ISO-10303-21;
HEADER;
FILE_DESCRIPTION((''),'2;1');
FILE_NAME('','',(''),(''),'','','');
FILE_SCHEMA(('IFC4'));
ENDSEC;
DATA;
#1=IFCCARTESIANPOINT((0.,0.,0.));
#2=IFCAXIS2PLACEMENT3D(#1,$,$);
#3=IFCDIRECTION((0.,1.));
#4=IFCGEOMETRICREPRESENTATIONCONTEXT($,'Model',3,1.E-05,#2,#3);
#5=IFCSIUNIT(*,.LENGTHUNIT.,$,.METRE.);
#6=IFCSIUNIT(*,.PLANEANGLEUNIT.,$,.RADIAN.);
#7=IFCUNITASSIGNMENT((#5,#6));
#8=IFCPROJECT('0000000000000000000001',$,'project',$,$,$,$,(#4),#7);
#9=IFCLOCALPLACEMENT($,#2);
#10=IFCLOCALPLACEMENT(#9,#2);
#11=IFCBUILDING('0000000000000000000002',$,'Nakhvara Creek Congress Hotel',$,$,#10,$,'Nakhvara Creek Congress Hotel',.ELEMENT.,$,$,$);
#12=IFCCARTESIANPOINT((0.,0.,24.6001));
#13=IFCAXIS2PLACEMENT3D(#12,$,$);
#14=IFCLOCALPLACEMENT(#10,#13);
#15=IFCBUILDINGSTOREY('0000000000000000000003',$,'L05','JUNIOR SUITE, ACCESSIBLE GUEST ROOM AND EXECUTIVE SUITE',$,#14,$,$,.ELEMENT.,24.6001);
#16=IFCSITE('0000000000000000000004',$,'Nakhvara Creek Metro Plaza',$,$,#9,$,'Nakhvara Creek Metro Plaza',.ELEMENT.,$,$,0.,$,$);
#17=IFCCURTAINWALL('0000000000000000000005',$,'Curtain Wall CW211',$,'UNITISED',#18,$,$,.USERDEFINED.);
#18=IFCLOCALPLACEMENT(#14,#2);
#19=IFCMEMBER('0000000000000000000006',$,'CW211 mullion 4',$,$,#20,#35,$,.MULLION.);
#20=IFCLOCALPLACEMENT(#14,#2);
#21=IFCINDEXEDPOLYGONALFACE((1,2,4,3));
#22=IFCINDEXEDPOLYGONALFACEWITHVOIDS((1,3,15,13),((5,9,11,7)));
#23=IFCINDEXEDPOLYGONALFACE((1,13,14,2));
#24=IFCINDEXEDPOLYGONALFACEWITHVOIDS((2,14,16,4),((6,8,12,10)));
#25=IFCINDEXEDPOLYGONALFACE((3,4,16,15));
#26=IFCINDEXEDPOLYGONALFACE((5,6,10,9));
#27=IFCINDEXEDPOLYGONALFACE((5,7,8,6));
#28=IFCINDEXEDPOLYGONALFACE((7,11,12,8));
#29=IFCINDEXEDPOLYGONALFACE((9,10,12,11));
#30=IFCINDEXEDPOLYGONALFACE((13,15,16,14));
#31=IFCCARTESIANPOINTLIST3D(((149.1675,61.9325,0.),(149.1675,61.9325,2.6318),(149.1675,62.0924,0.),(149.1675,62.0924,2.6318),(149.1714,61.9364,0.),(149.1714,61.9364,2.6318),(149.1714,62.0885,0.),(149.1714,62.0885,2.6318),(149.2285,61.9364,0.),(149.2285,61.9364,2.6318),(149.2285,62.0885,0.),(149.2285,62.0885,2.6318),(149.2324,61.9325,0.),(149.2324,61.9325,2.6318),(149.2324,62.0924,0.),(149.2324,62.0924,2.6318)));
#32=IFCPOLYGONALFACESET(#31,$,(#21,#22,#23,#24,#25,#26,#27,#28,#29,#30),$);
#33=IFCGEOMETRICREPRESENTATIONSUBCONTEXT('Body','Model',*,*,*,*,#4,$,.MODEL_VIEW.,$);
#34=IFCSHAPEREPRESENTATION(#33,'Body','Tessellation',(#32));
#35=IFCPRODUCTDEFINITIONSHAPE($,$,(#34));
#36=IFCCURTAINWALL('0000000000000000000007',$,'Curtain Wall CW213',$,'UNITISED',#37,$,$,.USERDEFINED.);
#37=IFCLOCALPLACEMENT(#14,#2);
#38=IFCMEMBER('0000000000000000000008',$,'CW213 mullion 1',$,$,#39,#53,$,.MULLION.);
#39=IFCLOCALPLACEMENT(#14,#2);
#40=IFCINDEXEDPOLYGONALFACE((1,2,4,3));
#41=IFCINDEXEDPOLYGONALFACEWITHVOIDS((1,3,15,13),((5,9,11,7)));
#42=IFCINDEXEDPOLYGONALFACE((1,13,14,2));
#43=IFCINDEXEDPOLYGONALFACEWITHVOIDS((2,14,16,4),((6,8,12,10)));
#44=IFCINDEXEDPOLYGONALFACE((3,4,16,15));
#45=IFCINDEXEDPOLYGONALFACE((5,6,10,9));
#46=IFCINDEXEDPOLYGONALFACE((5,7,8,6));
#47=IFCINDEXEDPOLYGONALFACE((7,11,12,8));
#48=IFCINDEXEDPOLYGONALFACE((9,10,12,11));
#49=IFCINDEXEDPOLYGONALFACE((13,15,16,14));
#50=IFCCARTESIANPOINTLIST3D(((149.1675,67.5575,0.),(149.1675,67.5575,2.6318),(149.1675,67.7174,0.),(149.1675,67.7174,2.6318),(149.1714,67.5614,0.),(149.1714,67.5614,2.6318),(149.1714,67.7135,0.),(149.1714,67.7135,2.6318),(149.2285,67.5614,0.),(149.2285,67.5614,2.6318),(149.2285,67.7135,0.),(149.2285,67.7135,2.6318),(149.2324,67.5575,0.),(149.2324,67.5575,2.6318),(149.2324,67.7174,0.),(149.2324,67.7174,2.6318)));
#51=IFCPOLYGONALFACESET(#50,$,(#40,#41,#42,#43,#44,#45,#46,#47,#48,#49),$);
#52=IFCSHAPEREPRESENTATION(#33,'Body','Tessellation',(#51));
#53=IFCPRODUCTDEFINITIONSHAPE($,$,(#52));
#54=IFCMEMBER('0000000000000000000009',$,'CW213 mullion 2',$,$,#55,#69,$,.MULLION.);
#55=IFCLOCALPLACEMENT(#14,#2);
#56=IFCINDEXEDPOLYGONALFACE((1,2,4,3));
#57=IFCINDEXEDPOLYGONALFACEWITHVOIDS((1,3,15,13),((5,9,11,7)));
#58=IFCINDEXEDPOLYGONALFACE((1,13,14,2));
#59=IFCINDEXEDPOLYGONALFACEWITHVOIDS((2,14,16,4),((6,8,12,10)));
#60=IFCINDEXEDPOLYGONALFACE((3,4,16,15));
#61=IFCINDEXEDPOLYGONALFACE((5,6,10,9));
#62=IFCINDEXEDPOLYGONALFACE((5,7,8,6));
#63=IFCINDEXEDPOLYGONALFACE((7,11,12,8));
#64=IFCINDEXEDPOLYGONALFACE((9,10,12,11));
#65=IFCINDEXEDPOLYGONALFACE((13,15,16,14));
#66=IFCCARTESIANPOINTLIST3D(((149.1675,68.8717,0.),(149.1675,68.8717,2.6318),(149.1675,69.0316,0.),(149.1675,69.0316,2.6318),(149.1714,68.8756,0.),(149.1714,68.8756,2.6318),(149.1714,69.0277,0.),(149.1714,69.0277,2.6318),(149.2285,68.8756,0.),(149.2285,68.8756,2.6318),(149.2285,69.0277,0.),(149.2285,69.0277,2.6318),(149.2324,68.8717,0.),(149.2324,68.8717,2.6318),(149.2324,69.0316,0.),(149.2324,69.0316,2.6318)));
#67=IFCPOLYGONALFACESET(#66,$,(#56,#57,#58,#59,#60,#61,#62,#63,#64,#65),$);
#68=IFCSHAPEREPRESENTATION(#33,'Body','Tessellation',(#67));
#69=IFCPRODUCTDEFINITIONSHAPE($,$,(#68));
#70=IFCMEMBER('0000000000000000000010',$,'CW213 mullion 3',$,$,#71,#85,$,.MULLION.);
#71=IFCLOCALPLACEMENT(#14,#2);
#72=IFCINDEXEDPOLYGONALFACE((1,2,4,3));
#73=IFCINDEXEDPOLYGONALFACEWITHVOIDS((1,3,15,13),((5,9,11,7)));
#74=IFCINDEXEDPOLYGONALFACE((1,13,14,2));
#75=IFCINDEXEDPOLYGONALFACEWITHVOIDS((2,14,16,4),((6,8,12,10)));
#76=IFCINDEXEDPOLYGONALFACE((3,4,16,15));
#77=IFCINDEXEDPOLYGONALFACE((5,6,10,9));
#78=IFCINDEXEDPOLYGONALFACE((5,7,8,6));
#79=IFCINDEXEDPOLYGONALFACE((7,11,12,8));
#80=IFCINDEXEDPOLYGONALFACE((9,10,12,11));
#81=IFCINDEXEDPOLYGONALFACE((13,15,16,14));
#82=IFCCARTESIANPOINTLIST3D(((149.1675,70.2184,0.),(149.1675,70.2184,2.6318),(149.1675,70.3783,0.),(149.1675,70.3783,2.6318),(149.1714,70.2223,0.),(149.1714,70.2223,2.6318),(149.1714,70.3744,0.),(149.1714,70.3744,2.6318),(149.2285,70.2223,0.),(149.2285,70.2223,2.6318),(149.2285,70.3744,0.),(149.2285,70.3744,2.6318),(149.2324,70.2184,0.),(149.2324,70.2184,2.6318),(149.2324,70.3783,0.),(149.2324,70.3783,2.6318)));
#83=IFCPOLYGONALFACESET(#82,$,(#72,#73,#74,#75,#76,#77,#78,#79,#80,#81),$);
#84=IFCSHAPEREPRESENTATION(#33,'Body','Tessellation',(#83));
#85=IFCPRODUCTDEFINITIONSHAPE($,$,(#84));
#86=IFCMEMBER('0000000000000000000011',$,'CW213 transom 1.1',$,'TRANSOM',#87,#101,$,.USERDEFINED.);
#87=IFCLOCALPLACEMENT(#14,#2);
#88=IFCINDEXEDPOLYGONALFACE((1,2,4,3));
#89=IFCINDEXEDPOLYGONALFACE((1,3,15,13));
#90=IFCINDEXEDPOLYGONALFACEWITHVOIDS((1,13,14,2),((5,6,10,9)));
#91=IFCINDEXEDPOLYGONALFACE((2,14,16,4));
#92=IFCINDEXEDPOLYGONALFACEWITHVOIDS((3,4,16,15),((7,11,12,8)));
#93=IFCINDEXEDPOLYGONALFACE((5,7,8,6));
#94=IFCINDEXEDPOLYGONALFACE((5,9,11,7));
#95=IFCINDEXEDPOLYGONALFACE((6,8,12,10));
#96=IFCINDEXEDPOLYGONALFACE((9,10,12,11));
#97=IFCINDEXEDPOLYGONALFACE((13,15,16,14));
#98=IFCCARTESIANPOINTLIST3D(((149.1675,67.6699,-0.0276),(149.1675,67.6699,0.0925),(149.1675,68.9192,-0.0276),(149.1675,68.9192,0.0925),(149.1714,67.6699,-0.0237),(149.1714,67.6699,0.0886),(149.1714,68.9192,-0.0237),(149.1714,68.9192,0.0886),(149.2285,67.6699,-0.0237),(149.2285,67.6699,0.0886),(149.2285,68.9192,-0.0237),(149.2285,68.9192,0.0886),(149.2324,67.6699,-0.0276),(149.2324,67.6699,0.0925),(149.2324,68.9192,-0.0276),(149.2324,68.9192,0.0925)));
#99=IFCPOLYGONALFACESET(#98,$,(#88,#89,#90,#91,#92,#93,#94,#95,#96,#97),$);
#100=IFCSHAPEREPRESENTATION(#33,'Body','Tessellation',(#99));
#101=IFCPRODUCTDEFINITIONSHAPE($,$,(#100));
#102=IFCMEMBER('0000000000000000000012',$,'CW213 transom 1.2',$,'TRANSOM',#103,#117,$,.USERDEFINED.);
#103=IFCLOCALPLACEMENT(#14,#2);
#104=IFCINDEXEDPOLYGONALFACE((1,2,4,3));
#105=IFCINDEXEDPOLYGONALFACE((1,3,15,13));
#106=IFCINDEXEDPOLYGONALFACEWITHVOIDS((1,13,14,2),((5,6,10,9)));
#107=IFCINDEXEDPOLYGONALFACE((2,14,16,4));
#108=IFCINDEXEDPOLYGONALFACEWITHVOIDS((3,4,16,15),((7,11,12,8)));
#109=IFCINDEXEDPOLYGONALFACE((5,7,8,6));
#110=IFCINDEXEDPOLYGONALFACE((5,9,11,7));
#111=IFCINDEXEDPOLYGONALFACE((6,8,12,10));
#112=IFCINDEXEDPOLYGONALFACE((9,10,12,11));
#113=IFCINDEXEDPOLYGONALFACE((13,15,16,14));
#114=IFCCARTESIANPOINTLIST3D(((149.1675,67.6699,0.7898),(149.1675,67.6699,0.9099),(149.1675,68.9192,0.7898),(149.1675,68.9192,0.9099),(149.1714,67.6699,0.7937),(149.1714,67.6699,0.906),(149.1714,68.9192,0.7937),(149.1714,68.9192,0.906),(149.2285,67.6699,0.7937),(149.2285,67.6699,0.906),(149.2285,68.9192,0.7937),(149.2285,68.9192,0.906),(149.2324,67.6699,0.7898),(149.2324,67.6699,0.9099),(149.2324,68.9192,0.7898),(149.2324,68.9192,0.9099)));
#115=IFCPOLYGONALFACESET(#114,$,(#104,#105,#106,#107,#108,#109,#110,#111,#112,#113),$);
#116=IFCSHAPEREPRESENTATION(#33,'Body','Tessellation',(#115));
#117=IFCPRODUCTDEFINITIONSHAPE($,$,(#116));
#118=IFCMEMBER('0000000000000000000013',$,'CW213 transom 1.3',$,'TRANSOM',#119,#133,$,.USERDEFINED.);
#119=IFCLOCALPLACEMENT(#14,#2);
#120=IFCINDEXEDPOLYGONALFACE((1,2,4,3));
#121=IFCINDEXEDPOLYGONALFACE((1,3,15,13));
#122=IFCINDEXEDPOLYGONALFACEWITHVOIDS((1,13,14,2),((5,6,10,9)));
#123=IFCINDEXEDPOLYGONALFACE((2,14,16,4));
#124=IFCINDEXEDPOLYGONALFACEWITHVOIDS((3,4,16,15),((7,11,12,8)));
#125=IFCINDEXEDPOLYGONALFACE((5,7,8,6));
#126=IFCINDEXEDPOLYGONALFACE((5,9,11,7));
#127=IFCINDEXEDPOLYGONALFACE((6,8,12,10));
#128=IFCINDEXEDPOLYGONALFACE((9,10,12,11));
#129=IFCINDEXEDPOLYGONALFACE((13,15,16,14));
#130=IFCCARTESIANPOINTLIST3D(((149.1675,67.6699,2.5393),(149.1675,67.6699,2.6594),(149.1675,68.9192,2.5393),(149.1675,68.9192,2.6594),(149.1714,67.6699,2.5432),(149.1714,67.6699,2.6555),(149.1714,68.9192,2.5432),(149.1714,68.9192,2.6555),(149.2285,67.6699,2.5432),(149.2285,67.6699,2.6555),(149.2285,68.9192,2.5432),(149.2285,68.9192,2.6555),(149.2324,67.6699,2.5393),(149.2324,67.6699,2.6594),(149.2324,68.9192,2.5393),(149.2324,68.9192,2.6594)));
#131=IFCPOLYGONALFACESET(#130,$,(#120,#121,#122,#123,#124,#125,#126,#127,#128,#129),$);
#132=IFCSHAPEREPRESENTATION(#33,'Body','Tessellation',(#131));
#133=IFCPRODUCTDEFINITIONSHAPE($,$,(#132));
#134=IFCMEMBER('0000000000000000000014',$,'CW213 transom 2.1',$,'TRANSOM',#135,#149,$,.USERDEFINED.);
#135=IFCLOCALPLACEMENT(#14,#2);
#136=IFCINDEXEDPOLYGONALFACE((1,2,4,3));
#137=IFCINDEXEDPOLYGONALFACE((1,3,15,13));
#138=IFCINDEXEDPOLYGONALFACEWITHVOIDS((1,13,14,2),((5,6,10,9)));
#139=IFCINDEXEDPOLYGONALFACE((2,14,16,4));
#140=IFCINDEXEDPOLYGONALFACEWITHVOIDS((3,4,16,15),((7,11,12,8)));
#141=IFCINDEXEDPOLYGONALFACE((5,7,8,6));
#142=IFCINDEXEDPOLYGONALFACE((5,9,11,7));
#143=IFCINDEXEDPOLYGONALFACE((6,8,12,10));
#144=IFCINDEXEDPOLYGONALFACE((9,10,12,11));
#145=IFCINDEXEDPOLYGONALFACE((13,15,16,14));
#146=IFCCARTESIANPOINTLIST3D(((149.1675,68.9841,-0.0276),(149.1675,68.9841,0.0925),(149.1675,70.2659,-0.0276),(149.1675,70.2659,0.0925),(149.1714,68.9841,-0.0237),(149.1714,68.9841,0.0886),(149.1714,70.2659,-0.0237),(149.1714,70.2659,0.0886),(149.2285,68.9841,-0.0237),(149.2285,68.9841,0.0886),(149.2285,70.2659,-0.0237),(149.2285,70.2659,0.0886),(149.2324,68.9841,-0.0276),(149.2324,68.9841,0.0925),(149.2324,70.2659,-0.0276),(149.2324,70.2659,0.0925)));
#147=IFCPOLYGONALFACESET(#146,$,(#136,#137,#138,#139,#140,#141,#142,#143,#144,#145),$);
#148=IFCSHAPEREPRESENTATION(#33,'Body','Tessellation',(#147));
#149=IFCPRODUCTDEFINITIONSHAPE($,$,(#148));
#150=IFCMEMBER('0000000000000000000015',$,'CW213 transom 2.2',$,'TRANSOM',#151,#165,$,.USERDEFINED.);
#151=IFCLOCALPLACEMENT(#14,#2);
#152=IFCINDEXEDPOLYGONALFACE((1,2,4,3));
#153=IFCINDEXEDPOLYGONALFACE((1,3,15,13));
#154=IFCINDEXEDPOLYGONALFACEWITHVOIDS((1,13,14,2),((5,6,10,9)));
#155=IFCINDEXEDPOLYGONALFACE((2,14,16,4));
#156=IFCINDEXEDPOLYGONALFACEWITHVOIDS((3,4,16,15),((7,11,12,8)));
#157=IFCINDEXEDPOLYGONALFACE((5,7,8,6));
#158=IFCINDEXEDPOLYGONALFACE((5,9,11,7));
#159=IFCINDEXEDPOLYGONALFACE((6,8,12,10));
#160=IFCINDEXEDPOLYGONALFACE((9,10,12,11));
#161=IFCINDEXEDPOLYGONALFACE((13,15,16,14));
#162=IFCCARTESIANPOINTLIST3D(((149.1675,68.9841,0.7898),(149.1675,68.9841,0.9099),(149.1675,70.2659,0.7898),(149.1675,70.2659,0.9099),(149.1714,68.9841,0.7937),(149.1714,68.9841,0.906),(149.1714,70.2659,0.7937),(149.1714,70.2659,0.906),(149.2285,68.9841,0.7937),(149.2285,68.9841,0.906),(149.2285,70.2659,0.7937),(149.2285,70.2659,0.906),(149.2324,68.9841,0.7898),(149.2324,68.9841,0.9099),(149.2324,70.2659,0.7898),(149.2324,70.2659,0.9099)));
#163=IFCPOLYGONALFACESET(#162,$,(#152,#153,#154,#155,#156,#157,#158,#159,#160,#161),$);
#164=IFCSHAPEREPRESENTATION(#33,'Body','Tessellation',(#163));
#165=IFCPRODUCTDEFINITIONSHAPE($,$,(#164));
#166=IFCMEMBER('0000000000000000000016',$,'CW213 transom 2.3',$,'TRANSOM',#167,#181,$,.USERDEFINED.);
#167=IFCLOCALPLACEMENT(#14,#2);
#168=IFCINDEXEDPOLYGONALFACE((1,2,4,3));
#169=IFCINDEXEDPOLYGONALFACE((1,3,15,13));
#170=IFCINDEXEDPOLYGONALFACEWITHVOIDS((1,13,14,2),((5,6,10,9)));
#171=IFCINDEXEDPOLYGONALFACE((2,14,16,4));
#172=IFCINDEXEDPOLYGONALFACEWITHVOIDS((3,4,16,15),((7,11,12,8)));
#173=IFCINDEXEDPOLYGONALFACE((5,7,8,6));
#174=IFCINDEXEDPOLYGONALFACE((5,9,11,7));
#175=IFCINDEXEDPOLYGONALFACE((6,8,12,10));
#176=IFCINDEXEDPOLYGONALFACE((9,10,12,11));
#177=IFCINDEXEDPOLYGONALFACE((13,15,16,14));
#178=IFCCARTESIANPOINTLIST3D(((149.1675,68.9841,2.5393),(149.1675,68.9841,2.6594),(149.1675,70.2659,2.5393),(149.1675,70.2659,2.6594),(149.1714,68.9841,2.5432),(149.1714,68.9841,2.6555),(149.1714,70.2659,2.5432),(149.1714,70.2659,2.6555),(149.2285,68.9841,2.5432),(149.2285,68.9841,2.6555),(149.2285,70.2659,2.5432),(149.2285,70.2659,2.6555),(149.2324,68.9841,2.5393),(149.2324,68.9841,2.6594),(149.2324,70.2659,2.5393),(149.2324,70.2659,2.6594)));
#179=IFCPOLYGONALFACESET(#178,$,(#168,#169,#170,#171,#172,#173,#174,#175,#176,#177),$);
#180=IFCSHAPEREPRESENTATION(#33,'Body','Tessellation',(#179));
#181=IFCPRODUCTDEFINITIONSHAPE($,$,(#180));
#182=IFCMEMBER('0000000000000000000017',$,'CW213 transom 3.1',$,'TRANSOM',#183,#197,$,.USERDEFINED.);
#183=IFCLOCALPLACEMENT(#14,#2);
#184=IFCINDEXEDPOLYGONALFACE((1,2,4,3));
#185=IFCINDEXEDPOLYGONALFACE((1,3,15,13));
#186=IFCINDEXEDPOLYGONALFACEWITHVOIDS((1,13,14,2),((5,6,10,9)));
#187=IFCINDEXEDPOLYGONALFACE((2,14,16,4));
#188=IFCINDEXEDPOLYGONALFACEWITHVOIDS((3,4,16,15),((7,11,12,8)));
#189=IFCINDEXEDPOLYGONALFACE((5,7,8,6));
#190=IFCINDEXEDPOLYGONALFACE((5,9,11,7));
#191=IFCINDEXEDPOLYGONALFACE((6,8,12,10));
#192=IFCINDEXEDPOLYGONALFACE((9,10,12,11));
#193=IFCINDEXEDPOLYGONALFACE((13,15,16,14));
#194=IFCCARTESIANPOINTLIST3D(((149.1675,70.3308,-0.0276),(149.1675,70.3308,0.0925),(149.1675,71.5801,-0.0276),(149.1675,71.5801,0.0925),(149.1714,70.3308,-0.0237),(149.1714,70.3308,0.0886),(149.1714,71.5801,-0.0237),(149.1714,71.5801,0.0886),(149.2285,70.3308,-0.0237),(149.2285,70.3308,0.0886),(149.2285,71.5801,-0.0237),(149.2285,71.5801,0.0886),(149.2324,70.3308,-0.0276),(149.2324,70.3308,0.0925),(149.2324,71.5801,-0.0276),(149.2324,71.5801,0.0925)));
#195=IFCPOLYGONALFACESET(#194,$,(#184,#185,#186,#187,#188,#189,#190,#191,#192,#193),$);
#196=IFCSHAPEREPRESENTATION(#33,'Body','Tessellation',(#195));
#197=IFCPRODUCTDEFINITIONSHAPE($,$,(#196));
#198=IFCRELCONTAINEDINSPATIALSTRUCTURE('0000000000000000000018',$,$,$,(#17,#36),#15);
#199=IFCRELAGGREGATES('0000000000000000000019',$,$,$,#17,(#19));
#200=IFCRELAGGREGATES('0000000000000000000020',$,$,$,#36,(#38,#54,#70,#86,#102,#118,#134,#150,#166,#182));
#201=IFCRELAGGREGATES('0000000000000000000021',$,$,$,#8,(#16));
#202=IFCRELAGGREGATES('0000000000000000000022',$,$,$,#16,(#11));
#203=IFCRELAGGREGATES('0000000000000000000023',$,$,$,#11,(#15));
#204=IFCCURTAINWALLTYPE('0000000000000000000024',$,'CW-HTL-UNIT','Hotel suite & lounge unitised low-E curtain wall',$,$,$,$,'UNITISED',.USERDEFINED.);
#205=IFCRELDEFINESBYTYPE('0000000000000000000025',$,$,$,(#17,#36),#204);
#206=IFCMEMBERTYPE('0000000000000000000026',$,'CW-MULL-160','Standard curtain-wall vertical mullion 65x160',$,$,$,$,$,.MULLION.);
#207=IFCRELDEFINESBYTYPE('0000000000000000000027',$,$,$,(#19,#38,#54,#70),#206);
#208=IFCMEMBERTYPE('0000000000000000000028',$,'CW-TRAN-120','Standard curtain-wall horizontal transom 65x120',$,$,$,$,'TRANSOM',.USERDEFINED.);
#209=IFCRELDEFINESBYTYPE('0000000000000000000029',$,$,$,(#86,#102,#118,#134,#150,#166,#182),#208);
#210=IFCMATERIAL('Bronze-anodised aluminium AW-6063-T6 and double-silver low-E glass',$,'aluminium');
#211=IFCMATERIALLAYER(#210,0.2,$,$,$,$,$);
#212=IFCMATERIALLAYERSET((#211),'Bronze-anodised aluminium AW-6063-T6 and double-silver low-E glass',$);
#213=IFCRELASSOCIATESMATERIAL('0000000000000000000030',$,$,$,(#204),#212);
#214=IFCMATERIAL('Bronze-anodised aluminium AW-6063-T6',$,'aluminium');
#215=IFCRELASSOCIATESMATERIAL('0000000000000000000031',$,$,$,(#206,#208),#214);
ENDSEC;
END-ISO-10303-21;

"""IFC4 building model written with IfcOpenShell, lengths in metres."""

from ifc_helpers import new_model, si_unit, direction, frame, origin, origin_2d, place, context, subcontext, project, spatial, hollow_rectangle, extrude, material, layer, layer_set, material_profile, profile_set, type_object, element, aggregate, save


model = new_model("IFC4")

# Units and contexts
model_context = context("Model", 3, precision=1e-05, world=origin(), true_north=direction((0.0, 1.0)))
body_context = subcontext(model_context, "Body", "Model", "MODEL_VIEW")
ifc_project = project(units=[si_unit("LENGTHUNIT", "METRE"), si_unit("PLANEANGLEUNIT", "RADIAN")], contexts=[model_context])

# Site, building, storey
site_placement = place(None, origin())
site = spatial("IfcSite", under=ifc_project, at=site_placement, Name="Nakhvara Creek Metro Plaza", LongName="Nakhvara Creek Metro Plaza", CompositionType="ELEMENT", RefElevation=0.0)
building_placement = place(site_placement, origin())
building = spatial("IfcBuilding", under=site, at=building_placement, Name="Nakhvara Creek Congress Hotel", LongName="Nakhvara Creek Congress Hotel", CompositionType="ELEMENT")
storey_placement = place(building_placement, frame((0.0, 0.0, 24.6001)))
storey = spatial("IfcBuildingStorey", under=building, at=storey_placement, Name="L05", Description="JUNIOR SUITE, ACCESSIBLE GUEST ROOM AND EXECUTIVE SUITE", CompositionType="ELEMENT", Elevation=24.6001)

# Curtain wall, member
ifc_material_1 = material(Name="Bronze-anodised aluminium AW-6063-T6 and double-silver low-E glass", Category="aluminium")
ifc_layer = layer(ifc_material_1, 0.2)
ifc_layer_set = layer_set([ifc_layer], Name="Bronze-anodised aluminium AW-6063-T6 and double-silver low-E glass")
curtain_wall_type = type_object("IfcCurtainWallType", Name="CW-HTL-UNIT", Description="Hotel suite & lounge unitised low-E curtain wall", ElementType="UNITISED", PredefinedType="USERDEFINED", material=ifc_layer_set)
curtain_wall_1_placement = place(storey_placement, origin())
curtain_wall_1 = element("IfcCurtainWall", 1, at=curtain_wall_1_placement, inside=storey, type_object=curtain_wall_type, Name="Curtain Wall CW211", ObjectType="UNITISED", PredefinedType="USERDEFINED")
ifc_material_2 = material(Name="Bronze-anodised aluminium AW-6063-T6", Category="aluminium")
ifc_material_profile_1 = material_profile(ifc_material_2, hollow_rectangle(XDim=0.0649, YDim=0.1599, WallThickness=0.0039, at=origin_2d()), Name="ALU-MULL 65x160x4", Category="LoadBearing")
ifc_profile_set_1 = profile_set([ifc_material_profile_1], Name="Bronze-anodised aluminium AW-6063-T6")
member_type_1 = type_object("IfcMemberType", Name="CW-MULL-160", Description="Standard curtain-wall vertical mullion 65x160", PredefinedType="MULLION", material=ifc_profile_set_1)
member_1_placement = place(storey_placement, frame((149.2, 62.0125, 0.0), z_axis=(0.0, 0.0, 1.0), x_axis=(-1.0, 0.0, 0.0)))
member_1 = element("IfcMember", 2, at=member_1_placement, type_object=member_type_1, Name="CW211 mullion 4", PredefinedType="MULLION", context=body_context, shape_type="SweptSolid", body=[
    extrude(hollow_rectangle(XDim=0.0649, YDim=0.1599, WallThickness=0.0039, at=origin_2d()), origin(), (0.0, 0.0, 1.0), 2.6318),
])

# Curtain wall, members
curtain_wall_2_placement = place(storey_placement, origin())
curtain_wall_2 = element("IfcCurtainWall", 3, at=curtain_wall_2_placement, inside=storey, type_object=curtain_wall_type, Name="Curtain Wall CW213", ObjectType="UNITISED", PredefinedType="USERDEFINED")
member_2_placement = place(storey_placement, frame((149.2, 67.6375, 0.0), z_axis=(0.0, 0.0, 1.0), x_axis=(-1.0, 0.0, 0.0)))
member_2 = element("IfcMember", 4, at=member_2_placement, type_object=member_type_1, Name="CW213 mullion 1", PredefinedType="MULLION", context=body_context, shape_type="SweptSolid", body=[
    extrude(hollow_rectangle(XDim=0.0649, YDim=0.1599, WallThickness=0.0039, at=origin_2d()), origin(), (0.0, 0.0, 1.0), 2.6318),
])
member_3_placement = place(storey_placement, frame((149.2, 68.9517, 0.0), z_axis=(0.0, 0.0, 1.0), x_axis=(-1.0, 0.0, 0.0)))
member_3 = element("IfcMember", 5, at=member_3_placement, type_object=member_type_1, Name="CW213 mullion 2", PredefinedType="MULLION", context=body_context, shape_type="SweptSolid", body=[
    extrude(hollow_rectangle(XDim=0.0649, YDim=0.1599, WallThickness=0.0039, at=origin_2d()), origin(), (0.0, 0.0, 1.0), 2.6318),
])
member_4_placement = place(storey_placement, frame((149.2, 70.2983, 0.0), z_axis=(0.0, 0.0, 1.0), x_axis=(-1.0, 0.0, 0.0)))
member_4 = element("IfcMember", 6, at=member_4_placement, type_object=member_type_1, Name="CW213 mullion 3", PredefinedType="MULLION", context=body_context, shape_type="SweptSolid", body=[
    extrude(hollow_rectangle(XDim=0.0649, YDim=0.1599, WallThickness=0.0039, at=origin_2d()), origin(), (0.0, 0.0, 1.0), 2.6318),
])
ifc_material_profile_2 = material_profile(ifc_material_2, hollow_rectangle(XDim=0.0649, YDim=0.1201, WallThickness=0.0039, at=origin_2d()), Name="ALU-TRAN 65x120x4", Category="LoadBearing")
ifc_profile_set_2 = profile_set([ifc_material_profile_2], Name="Bronze-anodised aluminium AW-6063-T6")
member_type_2 = type_object("IfcMemberType", Name="CW-TRAN-120", Description="Standard curtain-wall horizontal transom 65x120", ElementType="TRANSOM", PredefinedType="USERDEFINED", material=ifc_profile_set_2)
member_5_placement = place(storey_placement, frame((149.2, 67.6699, 0.0325), z_axis=(0.0, 1.0, 0.0), x_axis=(-1.0, 0.0, 0.0)))
member_5 = element("IfcMember", 7, at=member_5_placement, type_object=member_type_2, Name="CW213 transom 1.1", ObjectType="TRANSOM", PredefinedType="USERDEFINED", context=body_context, shape_type="SweptSolid", body=[
    extrude(hollow_rectangle(XDim=0.0649, YDim=0.1201, WallThickness=0.0039, at=origin_2d()), origin(), (0.0, 0.0, 1.0), 1.2493),
])
member_6_placement = place(storey_placement, frame((149.2, 67.6699, 0.8499), z_axis=(0.0, 1.0, 0.0), x_axis=(-1.0, 0.0, 0.0)))
member_6 = element("IfcMember", 8, at=member_6_placement, type_object=member_type_2, Name="CW213 transom 1.2", ObjectType="TRANSOM", PredefinedType="USERDEFINED", context=body_context, shape_type="SweptSolid", body=[
    extrude(hollow_rectangle(XDim=0.0649, YDim=0.1201, WallThickness=0.0039, at=origin_2d()), origin(), (0.0, 0.0, 1.0), 1.2493),
])
member_7_placement = place(storey_placement, frame((149.2, 67.6699, 2.5994), z_axis=(0.0, 1.0, 0.0), x_axis=(-1.0, 0.0, 0.0)))
member_7 = element("IfcMember", 9, at=member_7_placement, type_object=member_type_2, Name="CW213 transom 1.3", ObjectType="TRANSOM", PredefinedType="USERDEFINED", context=body_context, shape_type="SweptSolid", body=[
    extrude(hollow_rectangle(XDim=0.0649, YDim=0.1201, WallThickness=0.0039, at=origin_2d()), origin(), (0.0, 0.0, 1.0), 1.2493),
])
member_8_placement = place(storey_placement, frame((149.2, 68.9841, 0.0325), z_axis=(0.0, 1.0, 0.0), x_axis=(-1.0, 0.0, 0.0)))
member_8 = element("IfcMember", 10, at=member_8_placement, type_object=member_type_2, Name="CW213 transom 2.1", ObjectType="TRANSOM", PredefinedType="USERDEFINED", context=body_context, shape_type="SweptSolid", body=[
    extrude(hollow_rectangle(XDim=0.0649, YDim=0.1201, WallThickness=0.0039, at=origin_2d()), origin(), (0.0, 0.0, 1.0), 1.2817),
])
member_9_placement = place(storey_placement, frame((149.2, 68.9841, 0.8499), z_axis=(0.0, 1.0, 0.0), x_axis=(-1.0, 0.0, 0.0)))
member_9 = element("IfcMember", 11, at=member_9_placement, type_object=member_type_2, Name="CW213 transom 2.2", ObjectType="TRANSOM", PredefinedType="USERDEFINED", context=body_context, shape_type="SweptSolid", body=[
    extrude(hollow_rectangle(XDim=0.0649, YDim=0.1201, WallThickness=0.0039, at=origin_2d()), origin(), (0.0, 0.0, 1.0), 1.2817),
])
member_10_placement = place(storey_placement, frame((149.2, 68.9841, 2.5994), z_axis=(0.0, 1.0, 0.0), x_axis=(-1.0, 0.0, 0.0)))
member_10 = element("IfcMember", 12, at=member_10_placement, type_object=member_type_2, Name="CW213 transom 2.3", ObjectType="TRANSOM", PredefinedType="USERDEFINED", context=body_context, shape_type="SweptSolid", body=[
    extrude(hollow_rectangle(XDim=0.0649, YDim=0.1201, WallThickness=0.0039, at=origin_2d()), origin(), (0.0, 0.0, 1.0), 1.2817),
])
member_11_placement = place(storey_placement, frame((149.2, 70.3308, 0.0325), z_axis=(0.0, 1.0, 0.0), x_axis=(-1.0, 0.0, 0.0)))
member_11 = element("IfcMember", 13, at=member_11_placement, type_object=member_type_2, Name="CW213 transom 3.1", ObjectType="TRANSOM", PredefinedType="USERDEFINED", context=body_context, shape_type="SweptSolid", body=[
    extrude(hollow_rectangle(XDim=0.0649, YDim=0.1201, WallThickness=0.0039, at=origin_2d()), origin(), (0.0, 0.0, 1.0), 1.2493),
])

aggregate(curtain_wall_1, [member_1])
aggregate(curtain_wall_2, [member_2, member_3, member_4, member_5, member_6, member_7, member_8, member_9, member_10, member_11])

save(model, "model.ifc")
